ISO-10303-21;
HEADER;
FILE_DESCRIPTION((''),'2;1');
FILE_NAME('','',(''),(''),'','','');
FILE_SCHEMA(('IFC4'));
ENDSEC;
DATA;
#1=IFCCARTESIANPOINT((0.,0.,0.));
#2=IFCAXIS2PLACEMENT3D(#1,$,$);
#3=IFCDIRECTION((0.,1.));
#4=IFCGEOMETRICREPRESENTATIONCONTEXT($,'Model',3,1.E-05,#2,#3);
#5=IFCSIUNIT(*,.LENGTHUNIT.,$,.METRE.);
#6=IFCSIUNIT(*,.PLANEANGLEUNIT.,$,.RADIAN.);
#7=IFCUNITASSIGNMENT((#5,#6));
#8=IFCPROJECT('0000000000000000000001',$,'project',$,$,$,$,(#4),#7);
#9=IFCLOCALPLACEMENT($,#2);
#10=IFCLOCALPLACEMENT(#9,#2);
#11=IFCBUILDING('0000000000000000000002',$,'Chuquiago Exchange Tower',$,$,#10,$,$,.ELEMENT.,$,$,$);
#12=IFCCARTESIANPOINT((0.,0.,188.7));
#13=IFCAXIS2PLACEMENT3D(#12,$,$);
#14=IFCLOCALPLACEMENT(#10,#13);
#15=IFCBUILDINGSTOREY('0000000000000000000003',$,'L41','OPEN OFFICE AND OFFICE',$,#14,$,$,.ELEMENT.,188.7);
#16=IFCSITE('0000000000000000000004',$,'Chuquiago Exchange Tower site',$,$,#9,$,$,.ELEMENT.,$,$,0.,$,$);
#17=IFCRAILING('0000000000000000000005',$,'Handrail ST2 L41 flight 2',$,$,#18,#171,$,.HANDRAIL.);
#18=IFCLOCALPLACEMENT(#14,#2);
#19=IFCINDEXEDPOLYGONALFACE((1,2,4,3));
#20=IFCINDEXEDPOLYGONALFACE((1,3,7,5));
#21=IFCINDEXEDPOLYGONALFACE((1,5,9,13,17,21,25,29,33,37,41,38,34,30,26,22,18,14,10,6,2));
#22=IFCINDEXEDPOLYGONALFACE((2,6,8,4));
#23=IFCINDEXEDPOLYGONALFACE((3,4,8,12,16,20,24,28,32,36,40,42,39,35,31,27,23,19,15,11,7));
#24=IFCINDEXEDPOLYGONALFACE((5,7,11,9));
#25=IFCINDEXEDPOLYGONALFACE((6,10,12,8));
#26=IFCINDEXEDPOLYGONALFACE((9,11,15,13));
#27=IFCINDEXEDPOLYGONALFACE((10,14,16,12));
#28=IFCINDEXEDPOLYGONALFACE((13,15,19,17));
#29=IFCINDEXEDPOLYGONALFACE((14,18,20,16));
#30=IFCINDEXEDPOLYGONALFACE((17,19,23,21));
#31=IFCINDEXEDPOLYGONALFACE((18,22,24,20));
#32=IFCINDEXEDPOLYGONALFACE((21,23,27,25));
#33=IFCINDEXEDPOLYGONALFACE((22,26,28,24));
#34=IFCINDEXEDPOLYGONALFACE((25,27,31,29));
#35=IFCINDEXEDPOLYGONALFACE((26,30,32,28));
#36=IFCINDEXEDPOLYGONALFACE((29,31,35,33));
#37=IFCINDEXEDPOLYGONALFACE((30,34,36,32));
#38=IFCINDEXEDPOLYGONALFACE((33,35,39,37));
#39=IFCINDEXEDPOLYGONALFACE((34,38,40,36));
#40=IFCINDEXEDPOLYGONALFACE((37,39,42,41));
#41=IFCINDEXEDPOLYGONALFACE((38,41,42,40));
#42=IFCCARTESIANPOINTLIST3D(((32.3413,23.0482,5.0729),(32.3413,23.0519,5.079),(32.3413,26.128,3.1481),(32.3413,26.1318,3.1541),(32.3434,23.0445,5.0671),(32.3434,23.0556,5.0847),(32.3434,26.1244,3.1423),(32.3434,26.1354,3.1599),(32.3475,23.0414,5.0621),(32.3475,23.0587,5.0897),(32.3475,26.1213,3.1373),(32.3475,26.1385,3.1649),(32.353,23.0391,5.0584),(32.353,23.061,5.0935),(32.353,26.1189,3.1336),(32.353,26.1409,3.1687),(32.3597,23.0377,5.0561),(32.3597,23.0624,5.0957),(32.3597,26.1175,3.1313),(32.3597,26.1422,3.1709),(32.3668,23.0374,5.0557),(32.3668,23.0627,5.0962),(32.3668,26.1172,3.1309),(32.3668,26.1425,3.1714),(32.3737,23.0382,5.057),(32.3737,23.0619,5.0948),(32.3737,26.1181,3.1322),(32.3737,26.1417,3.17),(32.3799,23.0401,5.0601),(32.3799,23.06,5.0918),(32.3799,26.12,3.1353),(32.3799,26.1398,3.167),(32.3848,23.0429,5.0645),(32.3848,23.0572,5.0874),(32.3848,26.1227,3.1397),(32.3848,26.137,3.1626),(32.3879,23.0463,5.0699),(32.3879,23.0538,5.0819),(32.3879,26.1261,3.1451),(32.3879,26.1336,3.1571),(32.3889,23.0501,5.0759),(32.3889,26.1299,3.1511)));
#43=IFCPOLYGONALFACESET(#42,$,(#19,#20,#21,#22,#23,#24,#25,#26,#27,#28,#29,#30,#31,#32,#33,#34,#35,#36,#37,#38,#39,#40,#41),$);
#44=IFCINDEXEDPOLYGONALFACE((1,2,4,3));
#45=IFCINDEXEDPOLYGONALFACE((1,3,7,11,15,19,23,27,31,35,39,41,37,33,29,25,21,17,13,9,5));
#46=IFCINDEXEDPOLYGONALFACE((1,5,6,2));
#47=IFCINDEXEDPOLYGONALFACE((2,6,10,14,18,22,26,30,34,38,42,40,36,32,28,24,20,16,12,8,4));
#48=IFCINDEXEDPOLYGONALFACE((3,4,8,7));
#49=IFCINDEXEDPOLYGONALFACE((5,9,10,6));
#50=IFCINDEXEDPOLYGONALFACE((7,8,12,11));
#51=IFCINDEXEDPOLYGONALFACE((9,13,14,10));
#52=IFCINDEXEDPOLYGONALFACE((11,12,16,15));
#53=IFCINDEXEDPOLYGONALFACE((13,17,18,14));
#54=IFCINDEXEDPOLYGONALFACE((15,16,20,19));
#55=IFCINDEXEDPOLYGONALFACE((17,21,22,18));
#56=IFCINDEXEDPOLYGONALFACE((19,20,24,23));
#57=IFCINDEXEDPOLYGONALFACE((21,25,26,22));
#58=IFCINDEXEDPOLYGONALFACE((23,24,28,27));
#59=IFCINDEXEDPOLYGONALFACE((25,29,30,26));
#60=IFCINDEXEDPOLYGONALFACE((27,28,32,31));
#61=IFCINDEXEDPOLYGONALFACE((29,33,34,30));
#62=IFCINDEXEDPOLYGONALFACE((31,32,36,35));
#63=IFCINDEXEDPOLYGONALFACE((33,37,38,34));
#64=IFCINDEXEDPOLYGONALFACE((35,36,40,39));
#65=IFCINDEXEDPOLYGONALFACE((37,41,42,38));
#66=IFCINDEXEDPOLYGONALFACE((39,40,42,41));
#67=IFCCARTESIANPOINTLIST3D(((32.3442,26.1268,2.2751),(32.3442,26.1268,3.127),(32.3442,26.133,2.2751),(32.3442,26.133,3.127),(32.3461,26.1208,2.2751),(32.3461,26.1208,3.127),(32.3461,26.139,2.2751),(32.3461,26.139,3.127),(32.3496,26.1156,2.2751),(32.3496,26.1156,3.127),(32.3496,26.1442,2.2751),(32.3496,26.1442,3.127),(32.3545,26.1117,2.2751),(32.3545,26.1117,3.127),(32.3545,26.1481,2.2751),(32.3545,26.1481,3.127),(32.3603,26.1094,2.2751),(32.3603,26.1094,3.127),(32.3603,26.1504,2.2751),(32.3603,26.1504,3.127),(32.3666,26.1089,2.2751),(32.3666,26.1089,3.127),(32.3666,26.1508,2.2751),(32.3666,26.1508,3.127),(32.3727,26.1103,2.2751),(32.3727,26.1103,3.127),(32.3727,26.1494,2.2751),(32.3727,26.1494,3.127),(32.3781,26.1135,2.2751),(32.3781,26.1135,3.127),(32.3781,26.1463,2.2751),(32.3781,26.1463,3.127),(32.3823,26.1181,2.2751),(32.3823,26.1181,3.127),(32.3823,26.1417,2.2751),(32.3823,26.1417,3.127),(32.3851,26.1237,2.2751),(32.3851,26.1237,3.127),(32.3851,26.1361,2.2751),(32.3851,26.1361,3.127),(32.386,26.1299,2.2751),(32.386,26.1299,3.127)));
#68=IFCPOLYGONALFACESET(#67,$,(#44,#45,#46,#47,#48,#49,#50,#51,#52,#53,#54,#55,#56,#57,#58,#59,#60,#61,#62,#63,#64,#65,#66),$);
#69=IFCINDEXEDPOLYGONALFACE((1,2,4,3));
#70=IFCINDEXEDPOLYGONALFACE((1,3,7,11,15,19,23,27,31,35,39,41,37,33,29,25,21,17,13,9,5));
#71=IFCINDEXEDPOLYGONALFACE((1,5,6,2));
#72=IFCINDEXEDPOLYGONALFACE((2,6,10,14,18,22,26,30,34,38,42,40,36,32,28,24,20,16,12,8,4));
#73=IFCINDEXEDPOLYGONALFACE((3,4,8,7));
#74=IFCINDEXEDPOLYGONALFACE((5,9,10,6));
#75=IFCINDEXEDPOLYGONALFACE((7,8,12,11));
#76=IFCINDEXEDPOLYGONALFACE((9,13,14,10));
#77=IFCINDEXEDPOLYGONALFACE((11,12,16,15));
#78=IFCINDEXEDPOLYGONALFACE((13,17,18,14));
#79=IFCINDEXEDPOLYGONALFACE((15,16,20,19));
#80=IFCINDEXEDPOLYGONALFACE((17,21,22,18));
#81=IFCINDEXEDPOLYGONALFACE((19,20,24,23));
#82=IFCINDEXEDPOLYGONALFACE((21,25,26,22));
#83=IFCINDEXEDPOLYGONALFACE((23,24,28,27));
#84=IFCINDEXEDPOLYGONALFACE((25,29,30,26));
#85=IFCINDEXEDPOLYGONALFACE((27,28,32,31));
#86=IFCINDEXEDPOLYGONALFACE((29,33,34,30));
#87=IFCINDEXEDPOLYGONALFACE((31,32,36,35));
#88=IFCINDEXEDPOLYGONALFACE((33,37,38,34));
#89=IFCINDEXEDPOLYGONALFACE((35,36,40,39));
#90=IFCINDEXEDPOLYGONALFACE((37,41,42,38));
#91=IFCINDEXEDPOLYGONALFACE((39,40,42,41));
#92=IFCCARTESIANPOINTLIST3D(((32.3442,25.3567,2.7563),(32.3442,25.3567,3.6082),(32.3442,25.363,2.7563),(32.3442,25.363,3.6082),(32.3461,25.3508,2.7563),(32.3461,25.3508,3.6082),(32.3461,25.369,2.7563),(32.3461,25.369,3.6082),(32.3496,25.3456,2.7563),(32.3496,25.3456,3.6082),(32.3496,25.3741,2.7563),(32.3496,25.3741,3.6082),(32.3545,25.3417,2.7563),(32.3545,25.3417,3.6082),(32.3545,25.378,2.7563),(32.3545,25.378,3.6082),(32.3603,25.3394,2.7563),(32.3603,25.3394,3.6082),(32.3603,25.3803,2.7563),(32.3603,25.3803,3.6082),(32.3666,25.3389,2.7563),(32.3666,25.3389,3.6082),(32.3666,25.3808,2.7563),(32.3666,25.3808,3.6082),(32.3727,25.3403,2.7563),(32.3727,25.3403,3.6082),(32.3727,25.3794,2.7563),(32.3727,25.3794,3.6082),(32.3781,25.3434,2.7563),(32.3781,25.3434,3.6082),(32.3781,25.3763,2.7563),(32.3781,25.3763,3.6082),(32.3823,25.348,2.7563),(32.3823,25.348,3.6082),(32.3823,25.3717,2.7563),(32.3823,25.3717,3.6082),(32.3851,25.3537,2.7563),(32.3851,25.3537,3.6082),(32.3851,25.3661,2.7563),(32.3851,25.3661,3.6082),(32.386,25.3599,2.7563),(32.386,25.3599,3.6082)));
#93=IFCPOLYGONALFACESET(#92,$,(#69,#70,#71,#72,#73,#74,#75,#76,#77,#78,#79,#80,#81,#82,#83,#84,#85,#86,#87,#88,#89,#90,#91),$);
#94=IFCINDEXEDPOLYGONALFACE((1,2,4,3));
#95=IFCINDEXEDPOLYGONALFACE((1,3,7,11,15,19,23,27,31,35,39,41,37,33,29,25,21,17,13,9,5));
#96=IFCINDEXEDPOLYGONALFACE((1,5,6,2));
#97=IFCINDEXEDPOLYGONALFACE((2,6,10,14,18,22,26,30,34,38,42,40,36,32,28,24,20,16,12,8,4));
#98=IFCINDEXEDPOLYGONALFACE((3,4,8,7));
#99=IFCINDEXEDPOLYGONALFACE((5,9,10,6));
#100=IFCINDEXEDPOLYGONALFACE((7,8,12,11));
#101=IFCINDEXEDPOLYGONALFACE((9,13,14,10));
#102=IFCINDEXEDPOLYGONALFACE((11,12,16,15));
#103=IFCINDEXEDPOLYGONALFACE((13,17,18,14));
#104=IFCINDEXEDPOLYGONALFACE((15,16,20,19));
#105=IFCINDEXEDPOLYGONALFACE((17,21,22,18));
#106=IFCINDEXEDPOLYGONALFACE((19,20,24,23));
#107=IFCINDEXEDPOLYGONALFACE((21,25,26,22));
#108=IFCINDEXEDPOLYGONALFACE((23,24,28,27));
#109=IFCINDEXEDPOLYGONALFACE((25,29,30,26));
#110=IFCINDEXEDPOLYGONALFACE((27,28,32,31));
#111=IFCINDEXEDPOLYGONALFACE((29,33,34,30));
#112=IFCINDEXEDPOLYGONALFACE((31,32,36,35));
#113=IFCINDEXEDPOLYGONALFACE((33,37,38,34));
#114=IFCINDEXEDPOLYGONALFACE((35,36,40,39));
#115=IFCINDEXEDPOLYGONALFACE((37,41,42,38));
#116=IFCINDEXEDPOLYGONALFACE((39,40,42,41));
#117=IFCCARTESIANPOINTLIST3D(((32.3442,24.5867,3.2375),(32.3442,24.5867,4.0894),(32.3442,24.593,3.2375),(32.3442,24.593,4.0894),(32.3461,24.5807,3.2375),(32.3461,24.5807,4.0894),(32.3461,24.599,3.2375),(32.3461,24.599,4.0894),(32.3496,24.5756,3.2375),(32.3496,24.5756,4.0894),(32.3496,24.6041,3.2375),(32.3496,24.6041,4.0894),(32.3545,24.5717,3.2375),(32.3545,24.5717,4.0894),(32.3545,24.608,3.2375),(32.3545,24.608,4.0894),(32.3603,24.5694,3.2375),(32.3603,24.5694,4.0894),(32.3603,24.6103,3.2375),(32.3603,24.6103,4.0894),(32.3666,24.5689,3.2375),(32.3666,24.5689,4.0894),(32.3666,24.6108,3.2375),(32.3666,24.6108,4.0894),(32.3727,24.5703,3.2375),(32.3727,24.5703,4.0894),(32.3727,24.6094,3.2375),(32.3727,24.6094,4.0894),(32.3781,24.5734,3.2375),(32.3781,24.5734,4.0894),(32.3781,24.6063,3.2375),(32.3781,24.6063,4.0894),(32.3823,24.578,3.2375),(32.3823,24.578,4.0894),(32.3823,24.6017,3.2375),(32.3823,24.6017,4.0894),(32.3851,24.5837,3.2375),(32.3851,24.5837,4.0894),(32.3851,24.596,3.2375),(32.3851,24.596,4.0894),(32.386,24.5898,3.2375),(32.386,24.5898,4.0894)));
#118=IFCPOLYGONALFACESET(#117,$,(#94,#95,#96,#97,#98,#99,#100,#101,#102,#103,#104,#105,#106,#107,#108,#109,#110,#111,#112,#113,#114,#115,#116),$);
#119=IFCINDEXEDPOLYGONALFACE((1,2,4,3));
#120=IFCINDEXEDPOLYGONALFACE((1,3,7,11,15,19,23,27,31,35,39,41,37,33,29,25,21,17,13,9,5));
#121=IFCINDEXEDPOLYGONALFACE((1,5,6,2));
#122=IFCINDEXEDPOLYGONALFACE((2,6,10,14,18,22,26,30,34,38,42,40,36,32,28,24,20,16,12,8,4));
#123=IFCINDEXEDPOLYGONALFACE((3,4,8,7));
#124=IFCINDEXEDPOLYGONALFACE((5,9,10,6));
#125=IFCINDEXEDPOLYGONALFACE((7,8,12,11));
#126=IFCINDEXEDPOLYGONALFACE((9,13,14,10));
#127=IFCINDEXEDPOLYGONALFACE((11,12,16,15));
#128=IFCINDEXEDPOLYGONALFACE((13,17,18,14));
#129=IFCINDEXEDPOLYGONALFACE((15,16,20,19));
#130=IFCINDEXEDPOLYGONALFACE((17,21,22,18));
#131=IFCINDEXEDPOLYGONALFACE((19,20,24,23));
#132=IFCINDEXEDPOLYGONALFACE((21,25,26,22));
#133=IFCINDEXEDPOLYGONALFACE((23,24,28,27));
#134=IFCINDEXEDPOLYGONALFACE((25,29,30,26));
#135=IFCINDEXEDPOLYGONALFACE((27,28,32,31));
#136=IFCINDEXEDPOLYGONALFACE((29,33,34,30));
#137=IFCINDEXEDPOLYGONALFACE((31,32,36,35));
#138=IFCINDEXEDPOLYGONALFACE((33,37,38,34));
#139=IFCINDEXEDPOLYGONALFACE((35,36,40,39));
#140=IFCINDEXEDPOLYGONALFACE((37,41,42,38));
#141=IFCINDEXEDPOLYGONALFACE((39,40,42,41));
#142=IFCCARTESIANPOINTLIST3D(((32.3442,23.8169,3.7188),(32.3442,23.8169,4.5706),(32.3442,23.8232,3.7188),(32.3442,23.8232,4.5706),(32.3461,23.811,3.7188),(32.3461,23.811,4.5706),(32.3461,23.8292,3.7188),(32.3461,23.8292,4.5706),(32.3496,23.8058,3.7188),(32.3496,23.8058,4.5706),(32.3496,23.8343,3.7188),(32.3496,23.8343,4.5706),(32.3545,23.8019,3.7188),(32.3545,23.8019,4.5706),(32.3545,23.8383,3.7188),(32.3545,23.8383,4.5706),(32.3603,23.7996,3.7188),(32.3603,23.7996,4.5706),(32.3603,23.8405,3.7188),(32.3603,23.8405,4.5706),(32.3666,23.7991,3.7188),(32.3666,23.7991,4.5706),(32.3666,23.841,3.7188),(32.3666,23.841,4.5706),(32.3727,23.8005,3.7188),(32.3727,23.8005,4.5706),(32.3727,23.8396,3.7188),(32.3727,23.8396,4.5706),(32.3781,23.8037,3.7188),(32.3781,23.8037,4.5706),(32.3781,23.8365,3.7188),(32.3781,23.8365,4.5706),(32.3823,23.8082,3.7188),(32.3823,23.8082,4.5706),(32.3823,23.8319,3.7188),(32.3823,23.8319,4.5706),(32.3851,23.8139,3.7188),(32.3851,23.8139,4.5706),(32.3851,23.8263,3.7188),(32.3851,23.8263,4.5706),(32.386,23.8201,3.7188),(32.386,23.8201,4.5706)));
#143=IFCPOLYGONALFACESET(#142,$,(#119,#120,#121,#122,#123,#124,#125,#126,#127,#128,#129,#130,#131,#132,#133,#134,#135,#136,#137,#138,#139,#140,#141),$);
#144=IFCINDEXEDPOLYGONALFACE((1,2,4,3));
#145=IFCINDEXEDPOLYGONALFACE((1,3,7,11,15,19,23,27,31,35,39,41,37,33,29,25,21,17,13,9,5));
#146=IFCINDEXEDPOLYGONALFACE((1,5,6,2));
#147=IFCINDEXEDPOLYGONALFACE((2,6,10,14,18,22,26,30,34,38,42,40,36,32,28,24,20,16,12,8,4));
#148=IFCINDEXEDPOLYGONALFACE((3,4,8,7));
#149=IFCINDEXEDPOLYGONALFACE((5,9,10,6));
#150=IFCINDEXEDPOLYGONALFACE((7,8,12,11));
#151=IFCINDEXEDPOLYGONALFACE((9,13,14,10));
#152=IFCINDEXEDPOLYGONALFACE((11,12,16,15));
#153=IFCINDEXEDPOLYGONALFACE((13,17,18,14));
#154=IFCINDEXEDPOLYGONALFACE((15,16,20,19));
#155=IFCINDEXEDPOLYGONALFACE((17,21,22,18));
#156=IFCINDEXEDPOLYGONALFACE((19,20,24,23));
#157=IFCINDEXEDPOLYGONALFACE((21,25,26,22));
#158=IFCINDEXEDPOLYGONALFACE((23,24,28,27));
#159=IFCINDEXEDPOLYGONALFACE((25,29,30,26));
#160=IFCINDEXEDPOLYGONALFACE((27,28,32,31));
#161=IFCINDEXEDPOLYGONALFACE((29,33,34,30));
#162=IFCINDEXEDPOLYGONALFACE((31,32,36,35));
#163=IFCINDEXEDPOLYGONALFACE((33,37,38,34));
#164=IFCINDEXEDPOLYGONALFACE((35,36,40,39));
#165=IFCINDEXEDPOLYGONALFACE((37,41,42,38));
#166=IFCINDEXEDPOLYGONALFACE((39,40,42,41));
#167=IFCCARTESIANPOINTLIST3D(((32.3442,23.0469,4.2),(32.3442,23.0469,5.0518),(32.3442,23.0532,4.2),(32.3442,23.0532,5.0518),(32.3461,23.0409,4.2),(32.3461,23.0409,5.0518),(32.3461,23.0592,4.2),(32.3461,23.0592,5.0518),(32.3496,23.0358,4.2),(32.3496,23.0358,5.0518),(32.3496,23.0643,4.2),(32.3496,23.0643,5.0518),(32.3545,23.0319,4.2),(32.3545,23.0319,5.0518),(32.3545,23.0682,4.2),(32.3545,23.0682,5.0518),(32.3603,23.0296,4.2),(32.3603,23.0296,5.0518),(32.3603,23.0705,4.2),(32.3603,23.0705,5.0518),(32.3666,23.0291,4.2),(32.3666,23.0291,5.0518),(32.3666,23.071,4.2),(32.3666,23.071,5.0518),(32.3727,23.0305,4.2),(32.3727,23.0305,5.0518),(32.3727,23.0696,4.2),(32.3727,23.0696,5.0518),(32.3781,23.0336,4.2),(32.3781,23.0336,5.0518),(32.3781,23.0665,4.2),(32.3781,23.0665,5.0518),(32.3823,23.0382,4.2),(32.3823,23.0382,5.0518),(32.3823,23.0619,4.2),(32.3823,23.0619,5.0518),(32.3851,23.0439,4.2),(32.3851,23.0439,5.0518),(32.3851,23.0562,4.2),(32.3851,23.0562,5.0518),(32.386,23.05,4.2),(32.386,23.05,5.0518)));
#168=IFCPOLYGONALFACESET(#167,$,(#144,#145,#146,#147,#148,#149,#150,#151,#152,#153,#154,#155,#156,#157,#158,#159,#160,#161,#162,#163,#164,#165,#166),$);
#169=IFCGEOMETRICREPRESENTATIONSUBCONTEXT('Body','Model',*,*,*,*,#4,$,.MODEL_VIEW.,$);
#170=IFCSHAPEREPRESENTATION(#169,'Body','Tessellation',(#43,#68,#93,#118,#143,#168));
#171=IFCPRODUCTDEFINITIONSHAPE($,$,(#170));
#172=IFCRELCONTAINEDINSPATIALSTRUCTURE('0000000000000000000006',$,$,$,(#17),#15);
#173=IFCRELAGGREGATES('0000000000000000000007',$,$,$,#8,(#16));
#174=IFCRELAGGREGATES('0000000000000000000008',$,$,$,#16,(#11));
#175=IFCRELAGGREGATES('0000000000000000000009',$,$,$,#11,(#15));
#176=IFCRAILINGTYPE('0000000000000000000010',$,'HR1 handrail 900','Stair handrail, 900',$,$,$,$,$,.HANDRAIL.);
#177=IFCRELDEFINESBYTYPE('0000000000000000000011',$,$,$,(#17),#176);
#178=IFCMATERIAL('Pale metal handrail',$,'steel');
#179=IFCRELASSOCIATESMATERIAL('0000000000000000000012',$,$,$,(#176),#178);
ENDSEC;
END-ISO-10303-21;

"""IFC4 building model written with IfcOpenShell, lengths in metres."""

from ifc_helpers import new_model, si_unit, direction, frame, origin, origin_2d, place, context, subcontext, project, spatial, circle, extrude, material, type_object, element, save


model = new_model("IFC4")

# Units and contexts
model_context = context("Model", 3, precision=1e-05, world=origin(), true_north=direction((0.0, 1.0)))
body_context = subcontext(model_context, "Body", "Model", "MODEL_VIEW")
ifc_project = project(units=[si_unit("LENGTHUNIT", "METRE"), si_unit("PLANEANGLEUNIT", "RADIAN")], contexts=[model_context])

# Site, building, storey
site_placement = place(None, origin())
site = spatial("IfcSite", under=ifc_project, at=site_placement, Name="Chuquiago Exchange Tower site", CompositionType="ELEMENT", RefElevation=0.0)
building_placement = place(site_placement, origin())
building = spatial("IfcBuilding", under=site, at=building_placement, Name="Chuquiago Exchange Tower", CompositionType="ELEMENT")
storey_placement = place(building_placement, frame((0.0, 0.0, 188.7)))
storey = spatial("IfcBuildingStorey", under=building, at=storey_placement, Name="L41", Description="OPEN OFFICE AND OFFICE", CompositionType="ELEMENT", Elevation=188.7)

# Railing
ifc_material_1 = material(Name="Pale metal handrail", Category="steel")
railing_type_1 = type_object("IfcRailingType", Name="HR1 handrail 900", Description="Stair handrail, 900", PredefinedType="HANDRAIL", material=ifc_material_1)
railing_1_placement = place(storey_placement, frame((32.365, 26.1299, 2.2751)))
element("IfcRailing", 1, at=railing_1_placement, inside=storey, type_object=railing_type_1, Name="Handrail ST2 L41 flight 2", PredefinedType="HANDRAIL", context=body_context, shape_type="SweptSolid", body=[
    extrude(circle(Radius=0.0239, at=origin_2d()), frame((0.0, 0.0, 0.876), z_axis=(0.0, -0.84801, 0.529981), x_axis=(1.0, 0.0, 0.0)), (0.0, 0.0, 1.0), 3.6318),
    extrude(circle(Radius=0.021, at=origin_2d()), origin(), (0.0, 0.0, 1.0), 0.8518),
    extrude(circle(Radius=0.021, at=origin_2d()), frame((0.0, -0.77, 0.4812)), (0.0, 0.0, 1.0), 0.8518),
    extrude(circle(Radius=0.021, at=origin_2d()), frame((0.0, -1.54, 0.9624)), (0.0, 0.0, 1.0), 0.8518),
    extrude(circle(Radius=0.021, at=origin_2d()), frame((0.0, -2.3098, 1.4436)), (0.0, 0.0, 1.0), 0.8518),
    extrude(circle(Radius=0.021, at=origin_2d()), frame((0.0, -3.0798, 1.9248)), (0.0, 0.0, 1.0), 0.8518),
])

save(model, "model.ifc")
